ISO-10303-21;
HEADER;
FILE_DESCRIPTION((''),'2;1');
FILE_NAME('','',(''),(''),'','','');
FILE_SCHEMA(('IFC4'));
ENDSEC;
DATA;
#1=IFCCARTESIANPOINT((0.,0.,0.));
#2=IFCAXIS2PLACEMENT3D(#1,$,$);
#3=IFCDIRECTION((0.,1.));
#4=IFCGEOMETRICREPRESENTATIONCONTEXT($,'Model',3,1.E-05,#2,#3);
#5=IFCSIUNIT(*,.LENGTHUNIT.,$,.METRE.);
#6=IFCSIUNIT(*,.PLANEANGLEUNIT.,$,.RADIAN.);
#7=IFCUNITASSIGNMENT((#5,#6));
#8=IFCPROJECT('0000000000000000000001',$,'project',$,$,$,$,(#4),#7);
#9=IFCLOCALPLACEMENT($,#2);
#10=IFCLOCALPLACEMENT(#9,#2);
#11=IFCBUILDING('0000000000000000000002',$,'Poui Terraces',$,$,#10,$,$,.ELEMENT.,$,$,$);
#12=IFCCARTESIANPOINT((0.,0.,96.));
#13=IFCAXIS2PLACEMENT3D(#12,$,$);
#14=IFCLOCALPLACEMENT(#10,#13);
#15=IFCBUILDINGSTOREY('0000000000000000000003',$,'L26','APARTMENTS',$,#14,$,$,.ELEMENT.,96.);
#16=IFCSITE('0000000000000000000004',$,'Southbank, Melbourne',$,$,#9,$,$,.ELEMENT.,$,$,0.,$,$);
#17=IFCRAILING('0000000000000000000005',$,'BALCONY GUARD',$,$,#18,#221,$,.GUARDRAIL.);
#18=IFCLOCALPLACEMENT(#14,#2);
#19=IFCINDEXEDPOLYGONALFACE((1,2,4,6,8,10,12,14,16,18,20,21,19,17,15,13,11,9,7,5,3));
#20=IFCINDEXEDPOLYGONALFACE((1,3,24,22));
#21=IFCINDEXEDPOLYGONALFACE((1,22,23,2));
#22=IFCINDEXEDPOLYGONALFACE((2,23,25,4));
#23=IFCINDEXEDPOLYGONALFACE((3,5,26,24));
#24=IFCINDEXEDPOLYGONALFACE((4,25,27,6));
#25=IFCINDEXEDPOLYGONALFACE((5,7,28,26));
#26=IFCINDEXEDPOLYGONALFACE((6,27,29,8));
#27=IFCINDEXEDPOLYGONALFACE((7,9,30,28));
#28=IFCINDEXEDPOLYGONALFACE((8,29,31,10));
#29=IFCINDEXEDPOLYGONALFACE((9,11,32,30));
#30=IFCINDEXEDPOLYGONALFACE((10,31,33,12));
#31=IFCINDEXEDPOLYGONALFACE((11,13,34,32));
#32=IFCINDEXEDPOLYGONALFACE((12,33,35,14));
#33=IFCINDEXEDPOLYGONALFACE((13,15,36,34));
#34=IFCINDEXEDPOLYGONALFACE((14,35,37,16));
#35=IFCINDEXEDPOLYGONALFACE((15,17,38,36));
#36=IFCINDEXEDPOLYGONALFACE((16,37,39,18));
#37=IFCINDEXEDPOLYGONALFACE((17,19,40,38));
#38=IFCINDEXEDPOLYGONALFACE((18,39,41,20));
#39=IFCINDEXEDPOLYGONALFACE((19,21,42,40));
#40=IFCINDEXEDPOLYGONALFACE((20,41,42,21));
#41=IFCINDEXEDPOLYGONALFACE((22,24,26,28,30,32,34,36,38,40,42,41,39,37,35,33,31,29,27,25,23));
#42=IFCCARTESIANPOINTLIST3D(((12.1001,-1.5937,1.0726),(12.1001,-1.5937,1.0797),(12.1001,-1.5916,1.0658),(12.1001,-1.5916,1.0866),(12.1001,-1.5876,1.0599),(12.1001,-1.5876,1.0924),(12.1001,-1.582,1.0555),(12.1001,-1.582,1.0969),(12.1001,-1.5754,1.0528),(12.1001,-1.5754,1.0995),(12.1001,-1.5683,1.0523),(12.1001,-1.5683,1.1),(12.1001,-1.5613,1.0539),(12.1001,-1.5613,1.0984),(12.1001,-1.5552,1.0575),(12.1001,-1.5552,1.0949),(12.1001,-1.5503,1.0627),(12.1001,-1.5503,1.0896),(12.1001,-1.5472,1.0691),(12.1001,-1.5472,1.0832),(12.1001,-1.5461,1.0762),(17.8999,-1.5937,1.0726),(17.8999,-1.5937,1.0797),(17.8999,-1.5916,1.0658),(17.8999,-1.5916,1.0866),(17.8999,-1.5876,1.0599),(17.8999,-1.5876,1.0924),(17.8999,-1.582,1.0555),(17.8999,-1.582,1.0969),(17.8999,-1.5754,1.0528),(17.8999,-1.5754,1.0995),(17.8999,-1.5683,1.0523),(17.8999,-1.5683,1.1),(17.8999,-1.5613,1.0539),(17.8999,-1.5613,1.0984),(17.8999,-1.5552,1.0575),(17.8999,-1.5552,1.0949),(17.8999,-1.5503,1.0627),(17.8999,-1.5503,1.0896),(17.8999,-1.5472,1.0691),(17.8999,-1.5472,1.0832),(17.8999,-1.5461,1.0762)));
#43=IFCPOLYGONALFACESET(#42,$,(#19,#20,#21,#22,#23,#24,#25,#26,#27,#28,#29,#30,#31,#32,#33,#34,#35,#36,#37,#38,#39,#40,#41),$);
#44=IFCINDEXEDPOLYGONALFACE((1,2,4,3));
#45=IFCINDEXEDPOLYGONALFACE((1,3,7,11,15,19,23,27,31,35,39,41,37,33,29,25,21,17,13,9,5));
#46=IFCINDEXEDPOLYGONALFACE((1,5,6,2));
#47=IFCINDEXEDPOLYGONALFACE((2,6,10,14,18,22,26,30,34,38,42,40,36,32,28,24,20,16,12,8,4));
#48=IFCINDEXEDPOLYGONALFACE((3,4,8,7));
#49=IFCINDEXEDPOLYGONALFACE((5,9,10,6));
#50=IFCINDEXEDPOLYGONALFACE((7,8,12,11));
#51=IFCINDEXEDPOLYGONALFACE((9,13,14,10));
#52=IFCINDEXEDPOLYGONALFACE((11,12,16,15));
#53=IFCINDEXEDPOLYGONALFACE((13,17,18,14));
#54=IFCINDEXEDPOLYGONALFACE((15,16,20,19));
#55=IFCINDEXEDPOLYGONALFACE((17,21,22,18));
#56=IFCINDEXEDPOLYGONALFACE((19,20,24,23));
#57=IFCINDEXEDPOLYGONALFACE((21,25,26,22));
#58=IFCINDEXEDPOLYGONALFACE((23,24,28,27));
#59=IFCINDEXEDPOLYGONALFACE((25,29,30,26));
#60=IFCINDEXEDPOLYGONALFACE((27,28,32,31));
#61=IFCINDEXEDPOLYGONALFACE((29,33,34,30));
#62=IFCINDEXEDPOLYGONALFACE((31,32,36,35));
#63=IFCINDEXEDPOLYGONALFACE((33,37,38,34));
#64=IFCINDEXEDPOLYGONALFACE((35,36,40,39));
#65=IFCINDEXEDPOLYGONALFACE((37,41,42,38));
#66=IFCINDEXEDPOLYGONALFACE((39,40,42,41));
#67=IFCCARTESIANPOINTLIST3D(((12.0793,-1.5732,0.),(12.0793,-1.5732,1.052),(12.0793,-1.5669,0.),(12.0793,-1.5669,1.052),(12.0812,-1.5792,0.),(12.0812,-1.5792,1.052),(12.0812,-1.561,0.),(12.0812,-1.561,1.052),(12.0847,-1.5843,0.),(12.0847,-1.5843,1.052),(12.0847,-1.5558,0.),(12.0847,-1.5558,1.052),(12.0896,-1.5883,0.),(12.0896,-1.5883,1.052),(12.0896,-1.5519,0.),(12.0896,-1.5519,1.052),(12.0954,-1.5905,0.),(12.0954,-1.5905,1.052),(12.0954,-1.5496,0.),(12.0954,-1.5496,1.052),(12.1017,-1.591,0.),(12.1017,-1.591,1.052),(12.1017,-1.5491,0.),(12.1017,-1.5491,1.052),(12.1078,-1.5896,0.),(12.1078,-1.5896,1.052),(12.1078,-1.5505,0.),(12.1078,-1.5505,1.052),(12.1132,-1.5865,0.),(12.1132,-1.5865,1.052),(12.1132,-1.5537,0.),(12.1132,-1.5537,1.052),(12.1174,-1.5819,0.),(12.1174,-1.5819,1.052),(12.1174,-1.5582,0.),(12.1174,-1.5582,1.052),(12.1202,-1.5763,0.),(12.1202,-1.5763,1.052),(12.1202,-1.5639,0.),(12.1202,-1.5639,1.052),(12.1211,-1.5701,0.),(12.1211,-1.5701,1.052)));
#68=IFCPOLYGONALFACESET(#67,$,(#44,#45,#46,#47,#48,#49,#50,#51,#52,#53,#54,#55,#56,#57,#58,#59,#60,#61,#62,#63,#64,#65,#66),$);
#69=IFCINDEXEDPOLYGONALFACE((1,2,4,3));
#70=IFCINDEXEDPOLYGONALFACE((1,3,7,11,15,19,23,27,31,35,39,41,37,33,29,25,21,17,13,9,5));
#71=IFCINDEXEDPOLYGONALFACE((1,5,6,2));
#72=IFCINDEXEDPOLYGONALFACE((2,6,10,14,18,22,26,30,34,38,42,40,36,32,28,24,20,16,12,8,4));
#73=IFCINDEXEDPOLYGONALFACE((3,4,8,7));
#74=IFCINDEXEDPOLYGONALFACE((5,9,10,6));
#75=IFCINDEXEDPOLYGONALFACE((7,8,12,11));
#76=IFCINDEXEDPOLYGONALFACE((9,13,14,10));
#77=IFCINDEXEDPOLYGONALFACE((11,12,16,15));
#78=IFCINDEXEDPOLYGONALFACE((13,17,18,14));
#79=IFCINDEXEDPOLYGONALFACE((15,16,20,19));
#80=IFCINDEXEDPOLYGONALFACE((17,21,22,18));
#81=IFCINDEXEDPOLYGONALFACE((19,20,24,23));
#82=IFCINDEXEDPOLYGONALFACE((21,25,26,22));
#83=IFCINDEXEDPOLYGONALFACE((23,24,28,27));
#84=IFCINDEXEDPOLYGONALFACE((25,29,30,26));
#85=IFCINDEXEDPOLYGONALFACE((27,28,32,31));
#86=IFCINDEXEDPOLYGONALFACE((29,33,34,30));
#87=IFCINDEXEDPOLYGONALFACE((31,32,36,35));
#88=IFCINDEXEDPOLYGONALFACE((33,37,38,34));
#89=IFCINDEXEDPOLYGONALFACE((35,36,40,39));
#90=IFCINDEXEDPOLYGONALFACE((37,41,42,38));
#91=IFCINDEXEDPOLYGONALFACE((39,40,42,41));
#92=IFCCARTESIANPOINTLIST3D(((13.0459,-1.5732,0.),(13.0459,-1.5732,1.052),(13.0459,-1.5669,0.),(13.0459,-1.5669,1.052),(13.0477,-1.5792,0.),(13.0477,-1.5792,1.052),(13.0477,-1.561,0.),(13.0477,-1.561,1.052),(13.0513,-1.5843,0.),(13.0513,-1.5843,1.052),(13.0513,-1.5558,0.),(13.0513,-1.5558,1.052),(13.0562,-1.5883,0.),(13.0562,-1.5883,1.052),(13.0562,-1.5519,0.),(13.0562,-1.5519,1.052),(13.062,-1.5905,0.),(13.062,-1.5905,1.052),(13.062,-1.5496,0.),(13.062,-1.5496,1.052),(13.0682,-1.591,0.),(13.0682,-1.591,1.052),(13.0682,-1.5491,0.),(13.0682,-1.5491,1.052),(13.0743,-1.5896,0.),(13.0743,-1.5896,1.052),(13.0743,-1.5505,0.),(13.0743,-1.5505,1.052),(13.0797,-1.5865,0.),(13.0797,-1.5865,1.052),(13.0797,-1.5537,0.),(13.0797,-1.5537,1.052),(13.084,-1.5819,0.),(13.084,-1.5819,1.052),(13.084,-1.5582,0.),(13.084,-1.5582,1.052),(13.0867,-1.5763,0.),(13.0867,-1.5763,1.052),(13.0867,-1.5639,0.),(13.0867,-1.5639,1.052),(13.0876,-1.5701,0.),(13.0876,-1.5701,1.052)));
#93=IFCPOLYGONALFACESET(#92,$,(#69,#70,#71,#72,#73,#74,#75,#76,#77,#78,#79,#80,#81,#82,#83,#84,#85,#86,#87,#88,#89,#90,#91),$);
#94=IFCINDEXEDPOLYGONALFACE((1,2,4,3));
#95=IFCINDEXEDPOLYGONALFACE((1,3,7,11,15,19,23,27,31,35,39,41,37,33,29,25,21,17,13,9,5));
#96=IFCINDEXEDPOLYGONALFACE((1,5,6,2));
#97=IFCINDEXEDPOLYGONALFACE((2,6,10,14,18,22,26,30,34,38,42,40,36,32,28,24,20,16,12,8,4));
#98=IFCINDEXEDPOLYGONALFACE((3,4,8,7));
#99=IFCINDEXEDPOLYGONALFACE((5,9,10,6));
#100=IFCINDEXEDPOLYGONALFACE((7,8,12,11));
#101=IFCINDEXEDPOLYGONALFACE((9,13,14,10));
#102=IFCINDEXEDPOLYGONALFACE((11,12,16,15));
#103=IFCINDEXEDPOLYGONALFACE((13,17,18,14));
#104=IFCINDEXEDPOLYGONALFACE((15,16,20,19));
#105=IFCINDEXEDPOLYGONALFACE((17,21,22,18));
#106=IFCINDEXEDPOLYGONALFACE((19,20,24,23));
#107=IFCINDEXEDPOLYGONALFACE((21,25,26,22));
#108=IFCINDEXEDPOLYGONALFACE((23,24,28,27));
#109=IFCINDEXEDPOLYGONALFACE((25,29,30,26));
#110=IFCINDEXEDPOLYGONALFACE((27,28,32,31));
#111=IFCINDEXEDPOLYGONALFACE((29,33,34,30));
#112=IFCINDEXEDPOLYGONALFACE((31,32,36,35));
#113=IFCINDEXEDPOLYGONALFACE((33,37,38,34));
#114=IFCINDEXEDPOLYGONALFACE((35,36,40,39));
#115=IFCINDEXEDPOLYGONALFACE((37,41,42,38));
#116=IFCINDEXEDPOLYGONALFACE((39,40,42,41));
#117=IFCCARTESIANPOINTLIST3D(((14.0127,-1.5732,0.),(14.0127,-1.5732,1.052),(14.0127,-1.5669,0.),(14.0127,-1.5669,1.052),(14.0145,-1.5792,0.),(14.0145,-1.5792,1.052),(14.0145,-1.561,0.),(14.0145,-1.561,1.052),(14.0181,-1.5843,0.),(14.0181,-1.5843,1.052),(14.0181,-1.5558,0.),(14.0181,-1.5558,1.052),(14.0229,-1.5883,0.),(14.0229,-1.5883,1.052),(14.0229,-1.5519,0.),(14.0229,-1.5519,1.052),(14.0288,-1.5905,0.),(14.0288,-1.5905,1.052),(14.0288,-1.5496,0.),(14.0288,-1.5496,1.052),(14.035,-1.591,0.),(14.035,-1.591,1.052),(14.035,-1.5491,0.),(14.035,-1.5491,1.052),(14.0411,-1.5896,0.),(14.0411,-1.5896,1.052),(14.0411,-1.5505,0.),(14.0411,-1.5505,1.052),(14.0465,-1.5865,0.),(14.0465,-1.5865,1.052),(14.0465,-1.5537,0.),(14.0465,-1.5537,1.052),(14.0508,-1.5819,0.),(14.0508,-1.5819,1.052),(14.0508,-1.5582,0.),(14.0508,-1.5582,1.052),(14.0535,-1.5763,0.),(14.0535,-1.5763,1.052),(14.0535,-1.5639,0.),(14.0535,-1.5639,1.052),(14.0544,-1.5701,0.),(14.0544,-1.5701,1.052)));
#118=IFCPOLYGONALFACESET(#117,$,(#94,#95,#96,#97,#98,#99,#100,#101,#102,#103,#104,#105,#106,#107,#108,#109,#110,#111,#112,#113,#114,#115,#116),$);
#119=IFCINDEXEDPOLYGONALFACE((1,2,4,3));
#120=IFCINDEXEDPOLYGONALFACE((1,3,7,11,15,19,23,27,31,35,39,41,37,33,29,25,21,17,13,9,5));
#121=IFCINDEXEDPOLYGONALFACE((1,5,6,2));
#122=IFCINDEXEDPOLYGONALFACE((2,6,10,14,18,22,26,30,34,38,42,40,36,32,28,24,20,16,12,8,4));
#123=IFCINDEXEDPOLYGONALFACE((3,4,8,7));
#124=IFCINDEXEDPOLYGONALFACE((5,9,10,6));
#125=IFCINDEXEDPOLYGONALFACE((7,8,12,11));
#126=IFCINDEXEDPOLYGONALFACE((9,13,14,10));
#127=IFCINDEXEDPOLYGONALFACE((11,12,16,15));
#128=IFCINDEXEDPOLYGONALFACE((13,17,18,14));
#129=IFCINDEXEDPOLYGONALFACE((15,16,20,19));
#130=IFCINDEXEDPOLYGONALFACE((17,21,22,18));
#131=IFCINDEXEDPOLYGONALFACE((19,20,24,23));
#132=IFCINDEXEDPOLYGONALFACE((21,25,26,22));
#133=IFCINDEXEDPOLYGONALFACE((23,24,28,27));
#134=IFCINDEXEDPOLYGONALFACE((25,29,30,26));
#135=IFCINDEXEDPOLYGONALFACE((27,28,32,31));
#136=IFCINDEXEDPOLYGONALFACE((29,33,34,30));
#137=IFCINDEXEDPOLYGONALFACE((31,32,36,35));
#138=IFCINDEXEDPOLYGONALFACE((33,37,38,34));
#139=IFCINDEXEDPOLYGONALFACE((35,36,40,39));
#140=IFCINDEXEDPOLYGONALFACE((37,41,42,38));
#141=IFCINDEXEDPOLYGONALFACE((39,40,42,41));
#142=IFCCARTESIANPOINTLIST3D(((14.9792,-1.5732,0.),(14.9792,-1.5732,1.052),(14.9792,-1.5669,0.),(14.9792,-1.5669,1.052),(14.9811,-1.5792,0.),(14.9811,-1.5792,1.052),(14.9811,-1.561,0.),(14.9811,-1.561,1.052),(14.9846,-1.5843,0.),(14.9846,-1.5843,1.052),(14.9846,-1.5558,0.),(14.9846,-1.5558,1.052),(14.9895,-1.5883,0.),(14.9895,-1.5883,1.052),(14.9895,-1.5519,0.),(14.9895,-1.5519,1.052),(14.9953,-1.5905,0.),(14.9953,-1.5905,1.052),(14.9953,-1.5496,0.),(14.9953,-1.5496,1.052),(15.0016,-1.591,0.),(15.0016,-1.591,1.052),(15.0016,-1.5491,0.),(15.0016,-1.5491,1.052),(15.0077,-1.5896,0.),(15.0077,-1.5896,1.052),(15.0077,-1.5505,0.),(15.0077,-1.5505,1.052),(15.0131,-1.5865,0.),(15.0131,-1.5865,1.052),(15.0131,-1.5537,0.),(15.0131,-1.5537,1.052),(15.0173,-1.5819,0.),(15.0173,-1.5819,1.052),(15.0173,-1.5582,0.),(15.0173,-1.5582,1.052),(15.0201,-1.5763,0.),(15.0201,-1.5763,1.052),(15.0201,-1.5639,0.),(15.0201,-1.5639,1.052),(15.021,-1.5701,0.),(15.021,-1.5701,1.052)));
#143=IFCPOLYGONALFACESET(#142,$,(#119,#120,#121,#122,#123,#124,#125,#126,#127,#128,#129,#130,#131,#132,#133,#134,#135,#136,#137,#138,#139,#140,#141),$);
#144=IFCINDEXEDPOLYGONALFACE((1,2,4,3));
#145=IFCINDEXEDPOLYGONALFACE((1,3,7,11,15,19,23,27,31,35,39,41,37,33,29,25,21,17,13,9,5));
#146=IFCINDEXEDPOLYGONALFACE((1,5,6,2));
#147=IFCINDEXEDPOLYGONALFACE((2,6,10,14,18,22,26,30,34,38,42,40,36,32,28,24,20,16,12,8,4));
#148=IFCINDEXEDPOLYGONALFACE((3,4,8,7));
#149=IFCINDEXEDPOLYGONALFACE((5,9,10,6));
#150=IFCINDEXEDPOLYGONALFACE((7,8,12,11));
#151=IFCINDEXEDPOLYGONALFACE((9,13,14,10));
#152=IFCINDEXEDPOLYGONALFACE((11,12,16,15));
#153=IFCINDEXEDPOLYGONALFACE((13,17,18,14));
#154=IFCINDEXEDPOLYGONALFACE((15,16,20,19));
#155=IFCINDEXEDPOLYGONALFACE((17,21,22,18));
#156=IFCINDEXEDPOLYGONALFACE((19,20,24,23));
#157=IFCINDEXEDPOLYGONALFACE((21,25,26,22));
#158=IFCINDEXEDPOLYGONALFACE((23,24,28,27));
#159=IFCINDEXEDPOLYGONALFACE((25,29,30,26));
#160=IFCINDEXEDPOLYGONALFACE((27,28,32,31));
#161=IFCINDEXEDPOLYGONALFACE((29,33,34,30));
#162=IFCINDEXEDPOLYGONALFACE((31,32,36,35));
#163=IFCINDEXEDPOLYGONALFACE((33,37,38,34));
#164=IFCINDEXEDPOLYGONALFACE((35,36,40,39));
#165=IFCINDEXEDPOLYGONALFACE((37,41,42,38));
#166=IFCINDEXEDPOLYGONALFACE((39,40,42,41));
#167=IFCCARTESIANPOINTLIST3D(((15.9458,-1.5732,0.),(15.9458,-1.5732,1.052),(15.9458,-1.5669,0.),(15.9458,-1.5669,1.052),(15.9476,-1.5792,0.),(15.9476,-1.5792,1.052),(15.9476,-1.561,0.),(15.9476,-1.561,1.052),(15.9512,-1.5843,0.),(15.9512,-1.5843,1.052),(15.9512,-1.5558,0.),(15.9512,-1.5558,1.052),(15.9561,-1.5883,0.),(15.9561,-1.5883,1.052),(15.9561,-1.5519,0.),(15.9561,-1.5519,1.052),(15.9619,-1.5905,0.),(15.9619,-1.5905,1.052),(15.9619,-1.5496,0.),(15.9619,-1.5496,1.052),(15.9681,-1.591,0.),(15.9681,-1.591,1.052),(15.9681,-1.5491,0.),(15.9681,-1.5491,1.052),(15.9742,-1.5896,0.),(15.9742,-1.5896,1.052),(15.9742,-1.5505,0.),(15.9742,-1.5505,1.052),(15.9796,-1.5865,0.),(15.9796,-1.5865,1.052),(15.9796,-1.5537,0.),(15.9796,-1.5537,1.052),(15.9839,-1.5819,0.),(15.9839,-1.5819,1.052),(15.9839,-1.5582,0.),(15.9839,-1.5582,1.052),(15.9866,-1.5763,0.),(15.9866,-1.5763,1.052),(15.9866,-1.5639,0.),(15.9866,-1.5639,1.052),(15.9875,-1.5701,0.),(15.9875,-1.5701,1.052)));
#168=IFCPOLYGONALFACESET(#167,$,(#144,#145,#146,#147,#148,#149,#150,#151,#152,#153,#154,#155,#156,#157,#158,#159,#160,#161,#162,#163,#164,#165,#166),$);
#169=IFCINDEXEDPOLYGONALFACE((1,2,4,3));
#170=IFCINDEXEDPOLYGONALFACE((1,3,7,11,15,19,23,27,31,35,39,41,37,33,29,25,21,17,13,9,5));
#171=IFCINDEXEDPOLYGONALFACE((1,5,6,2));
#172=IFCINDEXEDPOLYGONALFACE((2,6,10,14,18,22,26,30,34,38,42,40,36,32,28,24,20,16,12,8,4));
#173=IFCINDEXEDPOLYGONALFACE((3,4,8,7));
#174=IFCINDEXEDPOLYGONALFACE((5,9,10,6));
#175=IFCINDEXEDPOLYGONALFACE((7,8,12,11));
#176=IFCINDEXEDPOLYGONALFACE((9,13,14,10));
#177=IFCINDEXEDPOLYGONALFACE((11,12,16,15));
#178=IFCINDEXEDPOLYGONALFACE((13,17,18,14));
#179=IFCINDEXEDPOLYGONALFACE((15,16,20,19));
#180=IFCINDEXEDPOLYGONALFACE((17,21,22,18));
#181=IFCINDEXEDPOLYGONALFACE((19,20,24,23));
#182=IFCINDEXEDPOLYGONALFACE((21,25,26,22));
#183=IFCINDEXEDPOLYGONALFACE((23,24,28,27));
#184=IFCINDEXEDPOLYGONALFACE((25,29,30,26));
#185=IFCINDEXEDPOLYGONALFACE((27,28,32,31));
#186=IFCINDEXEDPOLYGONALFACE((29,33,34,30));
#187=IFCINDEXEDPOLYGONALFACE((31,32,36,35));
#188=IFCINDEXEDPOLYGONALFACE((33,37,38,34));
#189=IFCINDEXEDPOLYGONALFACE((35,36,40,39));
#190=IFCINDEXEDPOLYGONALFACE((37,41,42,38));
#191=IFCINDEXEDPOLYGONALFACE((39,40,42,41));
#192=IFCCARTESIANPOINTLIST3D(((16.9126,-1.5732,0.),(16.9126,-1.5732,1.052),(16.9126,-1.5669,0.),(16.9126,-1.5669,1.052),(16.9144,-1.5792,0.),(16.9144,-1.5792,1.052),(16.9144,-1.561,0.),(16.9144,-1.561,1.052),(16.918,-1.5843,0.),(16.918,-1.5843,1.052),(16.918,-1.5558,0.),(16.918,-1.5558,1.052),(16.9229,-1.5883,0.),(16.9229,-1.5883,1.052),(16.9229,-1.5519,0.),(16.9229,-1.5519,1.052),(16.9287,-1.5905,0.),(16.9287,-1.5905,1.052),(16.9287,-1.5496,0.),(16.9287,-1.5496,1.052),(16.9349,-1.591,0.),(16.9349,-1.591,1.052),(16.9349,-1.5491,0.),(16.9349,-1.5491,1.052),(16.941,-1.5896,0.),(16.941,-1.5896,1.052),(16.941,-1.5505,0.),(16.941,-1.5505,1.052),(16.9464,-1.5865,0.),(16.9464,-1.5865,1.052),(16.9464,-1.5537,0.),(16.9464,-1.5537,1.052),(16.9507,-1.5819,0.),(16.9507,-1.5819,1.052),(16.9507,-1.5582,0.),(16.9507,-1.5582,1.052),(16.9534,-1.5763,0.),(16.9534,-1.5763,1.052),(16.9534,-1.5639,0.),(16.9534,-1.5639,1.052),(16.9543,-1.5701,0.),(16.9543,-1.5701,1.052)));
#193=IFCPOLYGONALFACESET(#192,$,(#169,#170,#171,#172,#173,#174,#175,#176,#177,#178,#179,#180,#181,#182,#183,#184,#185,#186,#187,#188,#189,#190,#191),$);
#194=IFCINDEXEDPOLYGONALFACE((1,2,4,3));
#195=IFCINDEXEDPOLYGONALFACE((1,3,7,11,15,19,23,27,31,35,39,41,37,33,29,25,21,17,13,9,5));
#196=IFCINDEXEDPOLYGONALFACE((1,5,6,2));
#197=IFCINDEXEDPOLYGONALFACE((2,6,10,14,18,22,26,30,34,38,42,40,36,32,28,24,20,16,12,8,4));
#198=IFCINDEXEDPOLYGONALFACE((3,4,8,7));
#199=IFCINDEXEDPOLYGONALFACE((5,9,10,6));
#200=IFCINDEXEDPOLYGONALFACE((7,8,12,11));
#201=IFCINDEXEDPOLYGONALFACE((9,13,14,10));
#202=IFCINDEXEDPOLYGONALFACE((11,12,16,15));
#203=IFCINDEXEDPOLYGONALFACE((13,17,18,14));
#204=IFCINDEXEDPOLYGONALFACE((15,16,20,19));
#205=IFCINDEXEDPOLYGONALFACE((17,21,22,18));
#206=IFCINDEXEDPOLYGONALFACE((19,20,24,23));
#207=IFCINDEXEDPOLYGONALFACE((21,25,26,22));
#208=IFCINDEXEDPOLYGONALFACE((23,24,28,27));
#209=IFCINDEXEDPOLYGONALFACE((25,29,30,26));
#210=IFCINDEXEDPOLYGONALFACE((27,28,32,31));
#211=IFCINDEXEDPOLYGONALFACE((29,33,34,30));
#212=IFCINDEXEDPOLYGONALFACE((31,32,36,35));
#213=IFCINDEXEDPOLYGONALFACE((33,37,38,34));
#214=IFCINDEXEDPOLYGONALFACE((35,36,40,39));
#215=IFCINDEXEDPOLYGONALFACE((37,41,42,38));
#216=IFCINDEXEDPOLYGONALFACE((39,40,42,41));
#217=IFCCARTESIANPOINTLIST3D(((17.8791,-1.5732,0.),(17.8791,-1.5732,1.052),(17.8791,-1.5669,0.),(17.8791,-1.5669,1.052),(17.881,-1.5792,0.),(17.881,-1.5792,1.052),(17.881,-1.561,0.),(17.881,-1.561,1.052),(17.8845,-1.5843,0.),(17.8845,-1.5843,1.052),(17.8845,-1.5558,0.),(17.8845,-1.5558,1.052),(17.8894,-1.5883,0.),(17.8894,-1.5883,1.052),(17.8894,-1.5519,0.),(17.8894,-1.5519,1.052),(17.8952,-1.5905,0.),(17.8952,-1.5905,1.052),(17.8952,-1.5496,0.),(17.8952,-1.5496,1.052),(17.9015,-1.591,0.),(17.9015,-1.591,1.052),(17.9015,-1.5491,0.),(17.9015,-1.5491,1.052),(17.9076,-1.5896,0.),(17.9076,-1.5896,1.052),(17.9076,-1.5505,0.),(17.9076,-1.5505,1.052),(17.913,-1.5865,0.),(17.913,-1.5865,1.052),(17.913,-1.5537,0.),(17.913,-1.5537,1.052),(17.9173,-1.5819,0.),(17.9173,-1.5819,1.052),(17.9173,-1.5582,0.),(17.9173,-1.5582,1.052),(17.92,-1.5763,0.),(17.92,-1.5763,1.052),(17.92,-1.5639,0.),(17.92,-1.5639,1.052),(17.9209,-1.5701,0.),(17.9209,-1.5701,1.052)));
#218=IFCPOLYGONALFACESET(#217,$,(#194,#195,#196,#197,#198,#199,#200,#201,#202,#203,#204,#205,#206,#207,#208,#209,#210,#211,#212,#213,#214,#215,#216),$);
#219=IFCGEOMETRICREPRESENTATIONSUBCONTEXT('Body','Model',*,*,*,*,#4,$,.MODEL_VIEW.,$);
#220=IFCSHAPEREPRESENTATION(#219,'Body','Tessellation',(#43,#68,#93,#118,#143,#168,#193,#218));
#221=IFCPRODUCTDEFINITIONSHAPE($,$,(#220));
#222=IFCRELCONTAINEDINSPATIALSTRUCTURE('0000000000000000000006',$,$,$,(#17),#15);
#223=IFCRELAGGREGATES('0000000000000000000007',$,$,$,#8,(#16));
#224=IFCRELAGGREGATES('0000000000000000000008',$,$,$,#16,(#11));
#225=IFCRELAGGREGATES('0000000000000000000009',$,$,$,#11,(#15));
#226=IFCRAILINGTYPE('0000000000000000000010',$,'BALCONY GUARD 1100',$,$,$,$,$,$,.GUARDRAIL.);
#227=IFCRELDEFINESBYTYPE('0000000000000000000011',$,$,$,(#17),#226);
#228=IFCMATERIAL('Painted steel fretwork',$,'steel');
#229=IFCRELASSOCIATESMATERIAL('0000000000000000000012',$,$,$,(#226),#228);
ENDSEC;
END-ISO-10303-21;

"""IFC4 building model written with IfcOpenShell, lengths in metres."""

from ifc_helpers import new_model, si_unit, direction, frame, origin, origin_2d, place, context, subcontext, project, spatial, circle, extrude, material, type_object, element, save


model = new_model("IFC4")

# Units and contexts
model_context = context("Model", 3, precision=1e-05, world=origin(), true_north=direction((0.0, 1.0)))
body_context = subcontext(model_context, "Body", "Model", "MODEL_VIEW")
ifc_project = project(units=[si_unit("LENGTHUNIT", "METRE"), si_unit("PLANEANGLEUNIT", "RADIAN")], contexts=[model_context])

# Site, building, storey
site_placement = place(None, origin())
site = spatial("IfcSite", under=ifc_project, at=site_placement, Name="Southbank, Melbourne", CompositionType="ELEMENT", RefElevation=0.0)
building_placement = place(site_placement, origin())
building = spatial("IfcBuilding", under=site, at=building_placement, Name="Poui Terraces", CompositionType="ELEMENT")
storey_placement = place(building_placement, frame((0.0, 0.0, 96.0)))
storey = spatial("IfcBuildingStorey", under=building, at=storey_placement, Name="L26", Description="APARTMENTS", CompositionType="ELEMENT", Elevation=96.0)

# Railing
ifc_material_1 = material(Name="Painted steel fretwork", Category="steel")
railing_type = type_object("IfcRailingType", Name="BALCONY GUARD 1100", PredefinedType="GUARDRAIL", material=ifc_material_1)
railing_placement = place(storey_placement, frame((12.1001, -1.5701, 0.0)))
element("IfcRailing", 1, at=railing_placement, inside=storey, type_object=railing_type, Name="BALCONY GUARD", PredefinedType="GUARDRAIL", context=body_context, shape_type="SweptSolid", body=[
    extrude(circle(Radius=0.0239, at=origin_2d()), frame((0.0, 0.0, 1.0762), z_axis=(1.0, 0.0, 0.0), x_axis=(0.0, 1.0, 0.0)), (0.0, 0.0, 1.0), 5.7998),
    extrude(circle(Radius=0.021, at=origin_2d()), origin(), (0.0, 0.0, 1.0), 1.052),
    extrude(circle(Radius=0.021, at=origin_2d()), frame((0.9666, 0.0, 0.0)), (0.0, 0.0, 1.0), 1.052),
    extrude(circle(Radius=0.021, at=origin_2d()), frame((1.9333, 0.0, 0.0)), (0.0, 0.0, 1.0), 1.052),
    extrude(circle(Radius=0.021, at=origin_2d()), frame((2.8999, 0.0, 0.0)), (0.0, 0.0, 1.0), 1.052),
    extrude(circle(Radius=0.021, at=origin_2d()), frame((3.8665, 0.0, 0.0)), (0.0, 0.0, 1.0), 1.052),
    extrude(circle(Radius=0.021, at=origin_2d()), frame((4.8333, 0.0, 0.0)), (0.0, 0.0, 1.0), 1.052),
    extrude(circle(Radius=0.021, at=origin_2d()), frame((5.7998, 0.0, 0.0)), (0.0, 0.0, 1.0), 1.052),
])

save(model, "model.ifc")
